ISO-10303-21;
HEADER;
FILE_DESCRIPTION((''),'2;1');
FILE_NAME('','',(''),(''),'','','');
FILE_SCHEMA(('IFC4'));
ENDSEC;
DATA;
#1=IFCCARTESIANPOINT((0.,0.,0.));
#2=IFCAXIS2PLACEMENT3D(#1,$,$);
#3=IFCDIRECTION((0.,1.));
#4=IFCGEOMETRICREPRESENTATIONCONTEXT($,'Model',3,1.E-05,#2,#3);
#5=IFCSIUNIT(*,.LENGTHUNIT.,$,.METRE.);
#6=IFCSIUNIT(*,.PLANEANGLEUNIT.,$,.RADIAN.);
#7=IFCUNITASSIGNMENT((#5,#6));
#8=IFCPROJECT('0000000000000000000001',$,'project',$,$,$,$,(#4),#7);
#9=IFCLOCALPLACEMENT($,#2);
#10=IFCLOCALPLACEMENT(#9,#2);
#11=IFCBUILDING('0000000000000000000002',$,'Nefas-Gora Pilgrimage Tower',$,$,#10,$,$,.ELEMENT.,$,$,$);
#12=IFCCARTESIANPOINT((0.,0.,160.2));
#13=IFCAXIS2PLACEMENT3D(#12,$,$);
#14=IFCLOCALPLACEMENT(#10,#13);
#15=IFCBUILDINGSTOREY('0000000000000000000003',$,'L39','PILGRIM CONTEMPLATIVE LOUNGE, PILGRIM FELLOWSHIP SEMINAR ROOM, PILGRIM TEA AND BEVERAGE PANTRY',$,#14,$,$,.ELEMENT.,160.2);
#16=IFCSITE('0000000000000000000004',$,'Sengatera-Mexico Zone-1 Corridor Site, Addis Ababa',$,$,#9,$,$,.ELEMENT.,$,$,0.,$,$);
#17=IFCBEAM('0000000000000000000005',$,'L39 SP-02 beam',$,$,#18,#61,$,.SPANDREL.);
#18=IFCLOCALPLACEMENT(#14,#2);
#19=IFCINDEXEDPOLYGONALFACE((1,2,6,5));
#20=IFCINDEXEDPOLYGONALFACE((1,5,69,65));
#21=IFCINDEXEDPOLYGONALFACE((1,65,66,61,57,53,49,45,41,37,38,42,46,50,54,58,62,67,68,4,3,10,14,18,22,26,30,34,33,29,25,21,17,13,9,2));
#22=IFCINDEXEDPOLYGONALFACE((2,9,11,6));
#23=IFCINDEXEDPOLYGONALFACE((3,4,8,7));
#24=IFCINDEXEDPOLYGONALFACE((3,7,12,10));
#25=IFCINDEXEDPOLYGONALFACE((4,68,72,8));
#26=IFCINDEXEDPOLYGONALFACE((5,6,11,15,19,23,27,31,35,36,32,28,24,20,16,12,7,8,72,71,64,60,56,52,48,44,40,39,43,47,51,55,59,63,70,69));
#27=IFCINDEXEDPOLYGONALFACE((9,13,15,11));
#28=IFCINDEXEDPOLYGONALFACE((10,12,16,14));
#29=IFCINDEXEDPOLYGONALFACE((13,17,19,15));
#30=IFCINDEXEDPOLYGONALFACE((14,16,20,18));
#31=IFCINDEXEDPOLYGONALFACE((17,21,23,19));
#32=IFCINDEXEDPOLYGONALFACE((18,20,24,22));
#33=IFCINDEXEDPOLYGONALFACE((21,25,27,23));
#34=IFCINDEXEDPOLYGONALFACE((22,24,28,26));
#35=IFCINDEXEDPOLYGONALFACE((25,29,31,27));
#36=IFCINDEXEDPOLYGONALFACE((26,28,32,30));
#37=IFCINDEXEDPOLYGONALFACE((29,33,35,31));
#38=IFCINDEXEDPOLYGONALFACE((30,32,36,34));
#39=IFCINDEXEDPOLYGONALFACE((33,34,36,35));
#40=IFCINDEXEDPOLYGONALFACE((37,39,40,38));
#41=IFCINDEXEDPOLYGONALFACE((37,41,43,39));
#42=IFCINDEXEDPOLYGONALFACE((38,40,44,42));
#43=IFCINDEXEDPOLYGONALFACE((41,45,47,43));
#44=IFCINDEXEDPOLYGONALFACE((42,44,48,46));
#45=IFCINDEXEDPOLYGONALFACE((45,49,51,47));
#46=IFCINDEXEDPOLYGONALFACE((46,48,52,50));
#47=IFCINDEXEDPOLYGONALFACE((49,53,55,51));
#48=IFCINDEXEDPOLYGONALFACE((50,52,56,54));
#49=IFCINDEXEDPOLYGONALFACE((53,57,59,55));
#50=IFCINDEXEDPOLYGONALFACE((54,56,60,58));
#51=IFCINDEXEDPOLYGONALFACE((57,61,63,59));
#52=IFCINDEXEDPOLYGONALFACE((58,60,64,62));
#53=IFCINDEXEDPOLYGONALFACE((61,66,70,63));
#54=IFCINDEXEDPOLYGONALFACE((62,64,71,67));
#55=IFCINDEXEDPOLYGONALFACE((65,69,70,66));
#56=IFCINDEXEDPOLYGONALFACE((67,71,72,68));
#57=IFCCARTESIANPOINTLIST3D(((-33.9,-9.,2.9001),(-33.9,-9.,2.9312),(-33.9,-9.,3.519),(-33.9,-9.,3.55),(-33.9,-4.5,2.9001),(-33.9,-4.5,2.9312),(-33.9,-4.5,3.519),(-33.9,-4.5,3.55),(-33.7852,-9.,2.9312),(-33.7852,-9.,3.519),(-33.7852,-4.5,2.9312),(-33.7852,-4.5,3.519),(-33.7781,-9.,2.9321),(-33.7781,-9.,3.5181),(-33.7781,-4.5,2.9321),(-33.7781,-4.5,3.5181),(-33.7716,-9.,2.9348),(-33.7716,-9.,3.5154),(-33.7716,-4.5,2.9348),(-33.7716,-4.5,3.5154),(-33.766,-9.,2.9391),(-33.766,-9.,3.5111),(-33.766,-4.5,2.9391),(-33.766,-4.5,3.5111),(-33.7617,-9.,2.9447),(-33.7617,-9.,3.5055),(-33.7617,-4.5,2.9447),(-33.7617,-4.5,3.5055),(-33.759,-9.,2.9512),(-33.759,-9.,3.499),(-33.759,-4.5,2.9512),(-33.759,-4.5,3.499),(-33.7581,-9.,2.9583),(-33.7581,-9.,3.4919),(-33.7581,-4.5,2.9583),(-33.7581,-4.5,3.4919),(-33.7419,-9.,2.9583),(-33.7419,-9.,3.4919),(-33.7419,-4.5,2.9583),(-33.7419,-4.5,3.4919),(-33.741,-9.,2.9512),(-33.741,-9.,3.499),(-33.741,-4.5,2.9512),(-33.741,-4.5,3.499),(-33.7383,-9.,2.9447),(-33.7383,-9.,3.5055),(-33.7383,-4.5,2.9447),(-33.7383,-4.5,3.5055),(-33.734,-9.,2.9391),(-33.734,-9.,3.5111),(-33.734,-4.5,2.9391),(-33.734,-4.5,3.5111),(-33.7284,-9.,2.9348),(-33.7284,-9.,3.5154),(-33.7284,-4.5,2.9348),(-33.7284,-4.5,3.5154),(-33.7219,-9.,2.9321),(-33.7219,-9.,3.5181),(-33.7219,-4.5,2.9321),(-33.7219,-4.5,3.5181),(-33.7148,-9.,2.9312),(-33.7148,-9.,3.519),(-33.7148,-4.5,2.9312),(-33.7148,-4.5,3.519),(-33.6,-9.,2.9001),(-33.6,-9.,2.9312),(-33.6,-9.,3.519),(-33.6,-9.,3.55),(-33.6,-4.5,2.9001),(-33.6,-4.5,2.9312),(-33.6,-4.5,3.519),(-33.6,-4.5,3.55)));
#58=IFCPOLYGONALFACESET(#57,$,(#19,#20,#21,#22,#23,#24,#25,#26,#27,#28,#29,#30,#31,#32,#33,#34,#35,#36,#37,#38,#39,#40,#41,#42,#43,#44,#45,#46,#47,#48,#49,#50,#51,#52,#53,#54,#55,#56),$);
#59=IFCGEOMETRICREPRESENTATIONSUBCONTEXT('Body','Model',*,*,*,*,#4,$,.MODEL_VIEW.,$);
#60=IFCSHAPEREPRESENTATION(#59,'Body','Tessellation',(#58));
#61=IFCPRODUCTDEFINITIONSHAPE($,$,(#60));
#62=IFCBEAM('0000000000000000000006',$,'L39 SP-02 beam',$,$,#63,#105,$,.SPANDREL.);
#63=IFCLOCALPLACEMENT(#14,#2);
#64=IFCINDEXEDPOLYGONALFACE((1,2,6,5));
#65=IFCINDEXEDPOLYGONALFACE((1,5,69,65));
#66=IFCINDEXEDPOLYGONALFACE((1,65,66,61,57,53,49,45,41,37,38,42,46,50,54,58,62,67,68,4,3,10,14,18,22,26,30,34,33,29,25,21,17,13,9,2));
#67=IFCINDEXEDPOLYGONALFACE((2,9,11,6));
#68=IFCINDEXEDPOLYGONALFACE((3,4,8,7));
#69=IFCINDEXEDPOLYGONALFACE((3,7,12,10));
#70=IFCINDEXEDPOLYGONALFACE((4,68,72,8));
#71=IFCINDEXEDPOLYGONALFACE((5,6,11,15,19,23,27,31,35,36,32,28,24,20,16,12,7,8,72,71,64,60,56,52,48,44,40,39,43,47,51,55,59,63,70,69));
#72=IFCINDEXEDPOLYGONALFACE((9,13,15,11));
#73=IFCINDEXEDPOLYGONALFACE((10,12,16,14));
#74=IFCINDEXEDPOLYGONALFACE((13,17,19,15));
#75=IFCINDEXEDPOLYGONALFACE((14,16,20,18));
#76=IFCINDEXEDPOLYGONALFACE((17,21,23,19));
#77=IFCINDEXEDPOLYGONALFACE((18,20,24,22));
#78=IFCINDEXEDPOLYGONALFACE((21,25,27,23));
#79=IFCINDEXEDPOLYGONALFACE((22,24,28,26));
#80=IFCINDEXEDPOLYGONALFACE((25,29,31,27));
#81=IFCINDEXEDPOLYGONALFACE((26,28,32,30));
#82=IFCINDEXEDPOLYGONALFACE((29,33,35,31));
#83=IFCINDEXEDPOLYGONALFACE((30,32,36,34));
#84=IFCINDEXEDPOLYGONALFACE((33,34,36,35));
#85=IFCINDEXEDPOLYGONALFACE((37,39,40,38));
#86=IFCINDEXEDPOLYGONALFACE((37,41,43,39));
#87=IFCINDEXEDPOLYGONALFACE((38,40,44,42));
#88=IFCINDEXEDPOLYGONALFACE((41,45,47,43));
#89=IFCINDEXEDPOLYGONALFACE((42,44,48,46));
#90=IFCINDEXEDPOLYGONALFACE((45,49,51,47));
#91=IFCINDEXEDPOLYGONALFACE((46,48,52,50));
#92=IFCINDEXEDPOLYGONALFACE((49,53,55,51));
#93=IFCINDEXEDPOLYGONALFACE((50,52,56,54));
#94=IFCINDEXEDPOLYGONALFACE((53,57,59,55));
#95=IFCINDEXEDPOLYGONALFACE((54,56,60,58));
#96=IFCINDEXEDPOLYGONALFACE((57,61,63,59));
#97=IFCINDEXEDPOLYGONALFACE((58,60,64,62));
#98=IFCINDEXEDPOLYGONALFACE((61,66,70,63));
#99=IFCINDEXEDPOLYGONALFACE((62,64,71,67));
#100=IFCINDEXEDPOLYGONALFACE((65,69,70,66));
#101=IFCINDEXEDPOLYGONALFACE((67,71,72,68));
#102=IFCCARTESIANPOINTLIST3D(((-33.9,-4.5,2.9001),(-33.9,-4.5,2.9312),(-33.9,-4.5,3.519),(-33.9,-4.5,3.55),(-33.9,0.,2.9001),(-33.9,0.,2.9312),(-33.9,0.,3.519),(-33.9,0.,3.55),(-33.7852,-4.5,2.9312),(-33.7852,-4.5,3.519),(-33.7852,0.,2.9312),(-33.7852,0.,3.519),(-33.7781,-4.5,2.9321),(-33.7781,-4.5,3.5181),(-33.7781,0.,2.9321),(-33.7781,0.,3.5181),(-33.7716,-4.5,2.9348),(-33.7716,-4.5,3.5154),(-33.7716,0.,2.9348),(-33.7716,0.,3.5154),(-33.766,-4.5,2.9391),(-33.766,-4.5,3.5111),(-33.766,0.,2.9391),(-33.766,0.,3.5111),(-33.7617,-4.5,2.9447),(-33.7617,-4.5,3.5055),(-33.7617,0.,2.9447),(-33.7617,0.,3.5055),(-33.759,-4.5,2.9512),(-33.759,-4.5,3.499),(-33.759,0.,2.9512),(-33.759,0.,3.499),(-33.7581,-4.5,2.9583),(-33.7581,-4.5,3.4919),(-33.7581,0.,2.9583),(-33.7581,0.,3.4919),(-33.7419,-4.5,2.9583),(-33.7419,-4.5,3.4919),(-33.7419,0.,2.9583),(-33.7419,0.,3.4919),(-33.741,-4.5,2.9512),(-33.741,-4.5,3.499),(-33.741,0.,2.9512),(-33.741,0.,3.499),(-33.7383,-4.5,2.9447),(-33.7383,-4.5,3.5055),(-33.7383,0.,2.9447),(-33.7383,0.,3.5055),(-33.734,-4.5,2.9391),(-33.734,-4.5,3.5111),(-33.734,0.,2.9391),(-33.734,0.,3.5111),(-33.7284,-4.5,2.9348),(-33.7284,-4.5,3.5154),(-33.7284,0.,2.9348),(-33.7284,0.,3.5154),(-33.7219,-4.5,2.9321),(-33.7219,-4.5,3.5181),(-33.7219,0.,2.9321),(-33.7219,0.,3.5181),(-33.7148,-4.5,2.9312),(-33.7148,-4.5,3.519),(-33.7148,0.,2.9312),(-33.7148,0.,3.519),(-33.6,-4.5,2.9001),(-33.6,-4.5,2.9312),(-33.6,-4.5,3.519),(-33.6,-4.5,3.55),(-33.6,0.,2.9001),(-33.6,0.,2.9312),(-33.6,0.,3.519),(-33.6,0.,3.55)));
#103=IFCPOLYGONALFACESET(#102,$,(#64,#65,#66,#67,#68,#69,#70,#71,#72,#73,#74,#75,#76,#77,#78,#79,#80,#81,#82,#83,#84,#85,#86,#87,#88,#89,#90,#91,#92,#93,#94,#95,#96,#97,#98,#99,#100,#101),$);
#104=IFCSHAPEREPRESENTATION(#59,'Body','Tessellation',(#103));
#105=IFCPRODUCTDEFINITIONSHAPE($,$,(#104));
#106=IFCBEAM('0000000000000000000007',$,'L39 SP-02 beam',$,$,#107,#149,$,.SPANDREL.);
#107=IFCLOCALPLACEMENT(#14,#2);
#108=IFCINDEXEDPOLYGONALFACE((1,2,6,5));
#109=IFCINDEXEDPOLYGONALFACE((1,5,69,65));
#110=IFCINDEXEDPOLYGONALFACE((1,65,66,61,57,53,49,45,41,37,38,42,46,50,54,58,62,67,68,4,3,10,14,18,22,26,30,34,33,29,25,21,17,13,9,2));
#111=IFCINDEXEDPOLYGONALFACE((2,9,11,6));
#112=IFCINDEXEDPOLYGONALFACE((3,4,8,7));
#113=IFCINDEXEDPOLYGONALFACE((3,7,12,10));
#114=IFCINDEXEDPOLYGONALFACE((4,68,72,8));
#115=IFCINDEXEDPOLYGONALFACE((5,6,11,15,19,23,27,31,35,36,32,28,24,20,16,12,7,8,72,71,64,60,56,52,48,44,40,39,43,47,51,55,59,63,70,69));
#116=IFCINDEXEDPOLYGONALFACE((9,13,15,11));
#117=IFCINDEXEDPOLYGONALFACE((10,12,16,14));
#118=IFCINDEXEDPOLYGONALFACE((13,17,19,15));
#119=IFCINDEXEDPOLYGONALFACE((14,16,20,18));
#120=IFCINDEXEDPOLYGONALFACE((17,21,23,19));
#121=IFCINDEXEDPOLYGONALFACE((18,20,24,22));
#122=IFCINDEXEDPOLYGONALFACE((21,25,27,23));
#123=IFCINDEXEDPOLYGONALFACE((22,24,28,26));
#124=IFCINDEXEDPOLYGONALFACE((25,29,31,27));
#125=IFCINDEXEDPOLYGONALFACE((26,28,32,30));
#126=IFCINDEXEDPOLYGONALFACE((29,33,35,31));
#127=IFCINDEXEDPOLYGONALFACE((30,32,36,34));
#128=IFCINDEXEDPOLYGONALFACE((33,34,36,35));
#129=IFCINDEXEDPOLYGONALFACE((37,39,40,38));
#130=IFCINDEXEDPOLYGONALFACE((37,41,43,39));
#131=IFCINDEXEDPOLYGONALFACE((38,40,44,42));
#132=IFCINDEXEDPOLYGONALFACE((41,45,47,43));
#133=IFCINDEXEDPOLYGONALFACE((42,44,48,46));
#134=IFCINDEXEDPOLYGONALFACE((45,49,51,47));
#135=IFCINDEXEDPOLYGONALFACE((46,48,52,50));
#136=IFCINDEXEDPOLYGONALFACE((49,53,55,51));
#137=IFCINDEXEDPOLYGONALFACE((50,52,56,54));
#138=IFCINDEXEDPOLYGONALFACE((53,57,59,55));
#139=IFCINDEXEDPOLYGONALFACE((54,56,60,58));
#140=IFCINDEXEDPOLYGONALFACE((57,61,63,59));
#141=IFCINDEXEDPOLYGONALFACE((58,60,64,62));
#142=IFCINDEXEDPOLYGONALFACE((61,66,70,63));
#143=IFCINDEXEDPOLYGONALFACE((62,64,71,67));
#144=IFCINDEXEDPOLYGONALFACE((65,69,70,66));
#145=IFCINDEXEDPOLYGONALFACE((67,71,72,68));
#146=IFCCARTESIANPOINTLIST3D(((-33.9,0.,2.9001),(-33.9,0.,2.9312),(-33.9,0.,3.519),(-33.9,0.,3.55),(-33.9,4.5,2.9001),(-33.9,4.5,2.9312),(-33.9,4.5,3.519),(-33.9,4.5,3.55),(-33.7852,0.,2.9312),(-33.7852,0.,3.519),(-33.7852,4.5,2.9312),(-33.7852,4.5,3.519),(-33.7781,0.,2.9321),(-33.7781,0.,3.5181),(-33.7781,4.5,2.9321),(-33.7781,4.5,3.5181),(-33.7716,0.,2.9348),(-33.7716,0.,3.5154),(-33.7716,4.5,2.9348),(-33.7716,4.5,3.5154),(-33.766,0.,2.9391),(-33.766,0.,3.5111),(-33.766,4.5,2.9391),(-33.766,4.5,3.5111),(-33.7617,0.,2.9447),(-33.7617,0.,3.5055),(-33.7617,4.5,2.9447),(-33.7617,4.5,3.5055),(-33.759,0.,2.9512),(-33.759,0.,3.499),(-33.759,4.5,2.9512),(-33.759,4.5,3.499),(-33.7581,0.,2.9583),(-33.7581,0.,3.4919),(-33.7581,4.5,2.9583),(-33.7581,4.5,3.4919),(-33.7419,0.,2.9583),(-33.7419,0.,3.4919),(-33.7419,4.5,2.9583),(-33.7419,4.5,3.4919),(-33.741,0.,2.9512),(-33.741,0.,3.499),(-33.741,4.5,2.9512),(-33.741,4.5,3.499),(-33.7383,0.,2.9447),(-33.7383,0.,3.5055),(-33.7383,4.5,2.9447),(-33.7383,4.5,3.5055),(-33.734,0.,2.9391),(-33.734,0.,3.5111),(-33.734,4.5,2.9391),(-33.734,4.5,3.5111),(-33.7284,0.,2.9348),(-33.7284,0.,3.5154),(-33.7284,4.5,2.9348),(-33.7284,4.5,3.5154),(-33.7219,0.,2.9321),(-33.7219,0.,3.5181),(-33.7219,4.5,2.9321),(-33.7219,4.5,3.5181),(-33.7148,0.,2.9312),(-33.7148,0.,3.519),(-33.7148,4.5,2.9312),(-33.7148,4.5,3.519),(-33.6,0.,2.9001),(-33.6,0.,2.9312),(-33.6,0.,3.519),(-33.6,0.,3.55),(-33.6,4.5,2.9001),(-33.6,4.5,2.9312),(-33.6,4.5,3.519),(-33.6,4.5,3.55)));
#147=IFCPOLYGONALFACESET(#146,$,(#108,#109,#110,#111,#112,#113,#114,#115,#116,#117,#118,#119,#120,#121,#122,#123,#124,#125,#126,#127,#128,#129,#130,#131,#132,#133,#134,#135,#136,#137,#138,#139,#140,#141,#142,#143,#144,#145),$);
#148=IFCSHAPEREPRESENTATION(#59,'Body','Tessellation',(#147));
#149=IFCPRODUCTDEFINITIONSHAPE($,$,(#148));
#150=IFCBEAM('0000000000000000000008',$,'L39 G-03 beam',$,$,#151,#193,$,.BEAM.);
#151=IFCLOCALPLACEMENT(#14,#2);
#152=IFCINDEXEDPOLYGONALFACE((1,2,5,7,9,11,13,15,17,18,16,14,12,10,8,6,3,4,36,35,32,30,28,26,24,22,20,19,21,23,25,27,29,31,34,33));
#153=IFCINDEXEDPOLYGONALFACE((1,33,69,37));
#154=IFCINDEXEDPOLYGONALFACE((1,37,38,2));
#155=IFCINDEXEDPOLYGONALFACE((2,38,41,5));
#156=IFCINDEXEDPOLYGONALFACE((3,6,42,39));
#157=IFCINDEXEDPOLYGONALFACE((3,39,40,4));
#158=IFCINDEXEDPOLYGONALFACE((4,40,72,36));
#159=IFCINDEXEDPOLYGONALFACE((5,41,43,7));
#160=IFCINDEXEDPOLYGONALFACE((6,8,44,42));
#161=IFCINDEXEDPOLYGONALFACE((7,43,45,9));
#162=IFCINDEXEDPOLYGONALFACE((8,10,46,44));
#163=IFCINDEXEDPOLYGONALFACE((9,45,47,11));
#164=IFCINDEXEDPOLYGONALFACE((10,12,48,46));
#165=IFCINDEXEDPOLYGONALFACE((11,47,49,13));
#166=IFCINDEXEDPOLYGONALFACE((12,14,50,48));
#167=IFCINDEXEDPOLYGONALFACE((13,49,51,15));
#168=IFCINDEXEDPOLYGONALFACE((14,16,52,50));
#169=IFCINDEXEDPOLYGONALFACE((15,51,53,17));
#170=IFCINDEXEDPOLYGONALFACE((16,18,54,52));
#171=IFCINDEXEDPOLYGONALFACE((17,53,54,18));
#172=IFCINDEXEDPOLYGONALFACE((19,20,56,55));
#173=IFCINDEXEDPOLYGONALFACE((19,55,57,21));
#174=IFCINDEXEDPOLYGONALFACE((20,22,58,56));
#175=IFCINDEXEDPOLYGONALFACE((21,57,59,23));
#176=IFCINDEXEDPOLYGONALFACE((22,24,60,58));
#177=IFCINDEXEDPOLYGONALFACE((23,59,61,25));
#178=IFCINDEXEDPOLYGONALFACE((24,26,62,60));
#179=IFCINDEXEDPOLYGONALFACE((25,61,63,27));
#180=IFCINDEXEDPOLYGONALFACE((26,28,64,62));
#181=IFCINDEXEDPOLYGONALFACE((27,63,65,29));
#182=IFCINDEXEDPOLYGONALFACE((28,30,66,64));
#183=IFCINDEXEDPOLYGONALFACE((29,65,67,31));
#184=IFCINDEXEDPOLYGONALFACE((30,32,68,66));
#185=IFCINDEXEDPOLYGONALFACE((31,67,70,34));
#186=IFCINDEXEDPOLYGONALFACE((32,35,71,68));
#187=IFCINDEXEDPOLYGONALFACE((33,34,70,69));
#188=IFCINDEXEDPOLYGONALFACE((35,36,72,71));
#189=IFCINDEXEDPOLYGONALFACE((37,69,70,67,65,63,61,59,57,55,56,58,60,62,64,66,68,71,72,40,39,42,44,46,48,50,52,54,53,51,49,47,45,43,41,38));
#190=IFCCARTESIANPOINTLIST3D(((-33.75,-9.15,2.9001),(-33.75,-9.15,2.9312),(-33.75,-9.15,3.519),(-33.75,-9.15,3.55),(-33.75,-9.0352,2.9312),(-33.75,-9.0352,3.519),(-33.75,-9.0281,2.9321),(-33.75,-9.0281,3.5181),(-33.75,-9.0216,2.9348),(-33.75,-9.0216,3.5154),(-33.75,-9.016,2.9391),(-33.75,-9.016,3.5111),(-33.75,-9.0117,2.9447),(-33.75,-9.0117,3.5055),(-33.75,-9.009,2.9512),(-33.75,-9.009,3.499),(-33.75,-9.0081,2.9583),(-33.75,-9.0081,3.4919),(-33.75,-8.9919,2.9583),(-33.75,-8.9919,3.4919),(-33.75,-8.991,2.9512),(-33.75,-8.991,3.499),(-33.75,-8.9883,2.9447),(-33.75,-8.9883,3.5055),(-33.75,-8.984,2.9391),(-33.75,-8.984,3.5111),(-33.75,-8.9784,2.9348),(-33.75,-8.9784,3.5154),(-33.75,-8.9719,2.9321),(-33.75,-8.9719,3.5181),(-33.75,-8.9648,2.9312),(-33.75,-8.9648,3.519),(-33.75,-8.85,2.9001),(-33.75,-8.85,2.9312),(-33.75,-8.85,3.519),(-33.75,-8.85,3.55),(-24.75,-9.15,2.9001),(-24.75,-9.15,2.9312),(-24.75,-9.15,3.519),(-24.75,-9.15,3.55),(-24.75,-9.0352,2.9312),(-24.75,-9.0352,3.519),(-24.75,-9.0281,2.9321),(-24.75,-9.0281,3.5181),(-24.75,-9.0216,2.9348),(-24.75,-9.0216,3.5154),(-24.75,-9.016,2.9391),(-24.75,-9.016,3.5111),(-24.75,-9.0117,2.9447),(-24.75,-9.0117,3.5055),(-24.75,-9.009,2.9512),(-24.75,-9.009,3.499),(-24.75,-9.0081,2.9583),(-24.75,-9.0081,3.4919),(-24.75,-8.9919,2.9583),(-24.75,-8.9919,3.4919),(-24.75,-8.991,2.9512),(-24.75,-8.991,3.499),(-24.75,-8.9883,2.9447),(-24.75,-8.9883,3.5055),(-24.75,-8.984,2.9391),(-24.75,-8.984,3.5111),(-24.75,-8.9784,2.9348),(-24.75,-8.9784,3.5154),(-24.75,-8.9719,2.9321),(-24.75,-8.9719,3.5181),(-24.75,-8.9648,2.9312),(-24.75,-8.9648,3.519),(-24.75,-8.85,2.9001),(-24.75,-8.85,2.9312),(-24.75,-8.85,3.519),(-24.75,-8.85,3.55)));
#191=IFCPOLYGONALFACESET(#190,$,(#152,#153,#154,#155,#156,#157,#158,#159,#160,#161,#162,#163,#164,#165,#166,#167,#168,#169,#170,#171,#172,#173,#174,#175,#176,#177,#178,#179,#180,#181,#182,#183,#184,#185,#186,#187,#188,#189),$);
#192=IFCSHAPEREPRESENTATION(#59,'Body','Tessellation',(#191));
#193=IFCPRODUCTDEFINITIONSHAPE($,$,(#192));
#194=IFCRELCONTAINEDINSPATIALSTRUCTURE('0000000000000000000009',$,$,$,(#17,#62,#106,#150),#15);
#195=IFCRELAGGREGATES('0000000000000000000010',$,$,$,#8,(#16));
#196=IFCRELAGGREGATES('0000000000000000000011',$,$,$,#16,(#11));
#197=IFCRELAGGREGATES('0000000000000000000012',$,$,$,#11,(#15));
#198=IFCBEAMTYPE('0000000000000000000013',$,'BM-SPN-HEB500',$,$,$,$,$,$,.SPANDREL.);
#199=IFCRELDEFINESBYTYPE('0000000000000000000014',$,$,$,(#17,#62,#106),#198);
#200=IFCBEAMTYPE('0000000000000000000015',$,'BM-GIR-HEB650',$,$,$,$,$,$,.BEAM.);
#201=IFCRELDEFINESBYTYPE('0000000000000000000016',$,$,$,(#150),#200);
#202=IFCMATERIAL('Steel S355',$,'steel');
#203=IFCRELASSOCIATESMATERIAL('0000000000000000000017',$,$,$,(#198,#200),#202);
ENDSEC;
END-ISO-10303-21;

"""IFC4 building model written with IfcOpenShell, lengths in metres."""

from ifc_helpers import new_model, si_unit, direction, frame, origin, origin_2d, place, context, subcontext, project, spatial, i_section, extrude, source, transform, mapped, material, material_profile, profile_set, type_object, element, save


model = new_model("IFC4")

# Units and contexts
model_context = context("Model", 3, precision=1e-05, world=origin(), true_north=direction((0.0, 1.0)))
body_context = subcontext(model_context, "Body", "Model", "MODEL_VIEW")
ifc_project = project(units=[si_unit("LENGTHUNIT", "METRE"), si_unit("PLANEANGLEUNIT", "RADIAN")], contexts=[model_context])

# Site, building, storey
site_placement = place(None, origin())
site = spatial("IfcSite", under=ifc_project, at=site_placement, Name="Sengatera-Mexico Zone-1 Corridor Site, Addis Ababa", CompositionType="ELEMENT", RefElevation=0.0)
building_placement = place(site_placement, origin())
building = spatial("IfcBuilding", under=site, at=building_placement, Name="Nefas-Gora Pilgrimage Tower", CompositionType="ELEMENT")
storey_placement = place(building_placement, frame((0.0, 0.0, 160.2)))
storey = spatial("IfcBuildingStorey", under=building, at=storey_placement, Name="L39", Description="PILGRIM CONTEMPLATIVE LOUNGE, PILGRIM FELLOWSHIP SEMINAR ROOM, PILGRIM TEA AND BEVERAGE PANTRY", CompositionType="ELEMENT", Elevation=160.2)

# Beams
ifc_material_1 = material(Name="Steel S355", Category="steel")
ifc_material_profile_1 = material_profile(ifc_material_1, i_section(OverallWidth=0.3, OverallDepth=0.6499, WebThickness=0.0161, FlangeThickness=0.031, FilletRadius=0.0271, at=origin_2d()), Name="HEB 650")
ifc_profile_set_1 = profile_set([ifc_material_profile_1], Name="Steel S355")
beam_type_1 = type_object("IfcBeamType", Name="BM-SPN-HEB500", PredefinedType="SPANDREL", material=ifc_profile_set_1)
shared_shape_1 = source(origin(), body_context, "Body", "SweptSolid", [
    extrude(i_section(OverallWidth=0.3, OverallDepth=0.6499, WebThickness=0.0161, FlangeThickness=0.031, FilletRadius=0.0271, at=origin_2d()), origin(), (0.0, 0.0, 1.0), 4.5),
])
for number, where, z_axis, x_axis, name in (
    (1, (-33.75, -9.0, 3.2251), (0.0, 1.0, 0.0), (-1.0, 0.0, 0.0), "L39 SP-02 beam"),
    (2, (-33.75, -4.5, 3.2251), (0.0, 1.0, 0.0), (-1.0, 0.0, 0.0), "L39 SP-02 beam"),
    (3, (-33.75, 0.0, 3.2251), (0.0, 1.0, 0.0), (-1.0, 0.0, 0.0), "L39 SP-02 beam"),
):
    element("IfcBeam", number, at=place(storey_placement, frame(where, z_axis=z_axis, x_axis=x_axis)), inside=storey, type_object=beam_type_1, Name=name, PredefinedType="SPANDREL", context=body_context, shape_type="MappedRepresentation", body=[
        mapped(shared_shape_1, transform((0.0, 0.0, 0.0), x_axis=(1.0, 0.0, 0.0), y_axis=(0.0, 1.0, 0.0), z_axis=(0.0, 0.0, 1.0), scale=1.0)),
    ])
ifc_material_profile_2 = material_profile(ifc_material_1, i_section(OverallWidth=0.3, OverallDepth=0.6499, WebThickness=0.0161, FlangeThickness=0.031, FilletRadius=0.0271, at=origin_2d()), Name="HEB 650")
ifc_profile_set_2 = profile_set([ifc_material_profile_2], Name="Steel S355")
beam_type_2 = type_object("IfcBeamType", Name="BM-GIR-HEB650", PredefinedType="BEAM", material=ifc_profile_set_2)
shared_shape_2 = source(origin(), body_context, "Body", "SweptSolid", [
    extrude(i_section(OverallWidth=0.3, OverallDepth=0.6499, WebThickness=0.0161, FlangeThickness=0.031, FilletRadius=0.0271, at=origin_2d()), origin(), (0.0, 0.0, 1.0), 9.0),
])
for number, where, z_axis, x_axis, name in (
    (4, (-33.75, -9.0, 3.2251), (1.0, 0.0, 0.0), (0.0, 1.0, 0.0), "L39 G-03 beam"),
):
    element("IfcBeam", number, at=place(storey_placement, frame(where, z_axis=z_axis, x_axis=x_axis)), inside=storey, type_object=beam_type_2, Name=name, PredefinedType="BEAM", context=body_context, shape_type="MappedRepresentation", body=[
        mapped(shared_shape_2, transform((0.0, 0.0, 0.0), x_axis=(1.0, 0.0, 0.0), y_axis=(0.0, 1.0, 0.0), z_axis=(0.0, 0.0, 1.0), scale=1.0)),
    ])

save(model, "model.ifc")
